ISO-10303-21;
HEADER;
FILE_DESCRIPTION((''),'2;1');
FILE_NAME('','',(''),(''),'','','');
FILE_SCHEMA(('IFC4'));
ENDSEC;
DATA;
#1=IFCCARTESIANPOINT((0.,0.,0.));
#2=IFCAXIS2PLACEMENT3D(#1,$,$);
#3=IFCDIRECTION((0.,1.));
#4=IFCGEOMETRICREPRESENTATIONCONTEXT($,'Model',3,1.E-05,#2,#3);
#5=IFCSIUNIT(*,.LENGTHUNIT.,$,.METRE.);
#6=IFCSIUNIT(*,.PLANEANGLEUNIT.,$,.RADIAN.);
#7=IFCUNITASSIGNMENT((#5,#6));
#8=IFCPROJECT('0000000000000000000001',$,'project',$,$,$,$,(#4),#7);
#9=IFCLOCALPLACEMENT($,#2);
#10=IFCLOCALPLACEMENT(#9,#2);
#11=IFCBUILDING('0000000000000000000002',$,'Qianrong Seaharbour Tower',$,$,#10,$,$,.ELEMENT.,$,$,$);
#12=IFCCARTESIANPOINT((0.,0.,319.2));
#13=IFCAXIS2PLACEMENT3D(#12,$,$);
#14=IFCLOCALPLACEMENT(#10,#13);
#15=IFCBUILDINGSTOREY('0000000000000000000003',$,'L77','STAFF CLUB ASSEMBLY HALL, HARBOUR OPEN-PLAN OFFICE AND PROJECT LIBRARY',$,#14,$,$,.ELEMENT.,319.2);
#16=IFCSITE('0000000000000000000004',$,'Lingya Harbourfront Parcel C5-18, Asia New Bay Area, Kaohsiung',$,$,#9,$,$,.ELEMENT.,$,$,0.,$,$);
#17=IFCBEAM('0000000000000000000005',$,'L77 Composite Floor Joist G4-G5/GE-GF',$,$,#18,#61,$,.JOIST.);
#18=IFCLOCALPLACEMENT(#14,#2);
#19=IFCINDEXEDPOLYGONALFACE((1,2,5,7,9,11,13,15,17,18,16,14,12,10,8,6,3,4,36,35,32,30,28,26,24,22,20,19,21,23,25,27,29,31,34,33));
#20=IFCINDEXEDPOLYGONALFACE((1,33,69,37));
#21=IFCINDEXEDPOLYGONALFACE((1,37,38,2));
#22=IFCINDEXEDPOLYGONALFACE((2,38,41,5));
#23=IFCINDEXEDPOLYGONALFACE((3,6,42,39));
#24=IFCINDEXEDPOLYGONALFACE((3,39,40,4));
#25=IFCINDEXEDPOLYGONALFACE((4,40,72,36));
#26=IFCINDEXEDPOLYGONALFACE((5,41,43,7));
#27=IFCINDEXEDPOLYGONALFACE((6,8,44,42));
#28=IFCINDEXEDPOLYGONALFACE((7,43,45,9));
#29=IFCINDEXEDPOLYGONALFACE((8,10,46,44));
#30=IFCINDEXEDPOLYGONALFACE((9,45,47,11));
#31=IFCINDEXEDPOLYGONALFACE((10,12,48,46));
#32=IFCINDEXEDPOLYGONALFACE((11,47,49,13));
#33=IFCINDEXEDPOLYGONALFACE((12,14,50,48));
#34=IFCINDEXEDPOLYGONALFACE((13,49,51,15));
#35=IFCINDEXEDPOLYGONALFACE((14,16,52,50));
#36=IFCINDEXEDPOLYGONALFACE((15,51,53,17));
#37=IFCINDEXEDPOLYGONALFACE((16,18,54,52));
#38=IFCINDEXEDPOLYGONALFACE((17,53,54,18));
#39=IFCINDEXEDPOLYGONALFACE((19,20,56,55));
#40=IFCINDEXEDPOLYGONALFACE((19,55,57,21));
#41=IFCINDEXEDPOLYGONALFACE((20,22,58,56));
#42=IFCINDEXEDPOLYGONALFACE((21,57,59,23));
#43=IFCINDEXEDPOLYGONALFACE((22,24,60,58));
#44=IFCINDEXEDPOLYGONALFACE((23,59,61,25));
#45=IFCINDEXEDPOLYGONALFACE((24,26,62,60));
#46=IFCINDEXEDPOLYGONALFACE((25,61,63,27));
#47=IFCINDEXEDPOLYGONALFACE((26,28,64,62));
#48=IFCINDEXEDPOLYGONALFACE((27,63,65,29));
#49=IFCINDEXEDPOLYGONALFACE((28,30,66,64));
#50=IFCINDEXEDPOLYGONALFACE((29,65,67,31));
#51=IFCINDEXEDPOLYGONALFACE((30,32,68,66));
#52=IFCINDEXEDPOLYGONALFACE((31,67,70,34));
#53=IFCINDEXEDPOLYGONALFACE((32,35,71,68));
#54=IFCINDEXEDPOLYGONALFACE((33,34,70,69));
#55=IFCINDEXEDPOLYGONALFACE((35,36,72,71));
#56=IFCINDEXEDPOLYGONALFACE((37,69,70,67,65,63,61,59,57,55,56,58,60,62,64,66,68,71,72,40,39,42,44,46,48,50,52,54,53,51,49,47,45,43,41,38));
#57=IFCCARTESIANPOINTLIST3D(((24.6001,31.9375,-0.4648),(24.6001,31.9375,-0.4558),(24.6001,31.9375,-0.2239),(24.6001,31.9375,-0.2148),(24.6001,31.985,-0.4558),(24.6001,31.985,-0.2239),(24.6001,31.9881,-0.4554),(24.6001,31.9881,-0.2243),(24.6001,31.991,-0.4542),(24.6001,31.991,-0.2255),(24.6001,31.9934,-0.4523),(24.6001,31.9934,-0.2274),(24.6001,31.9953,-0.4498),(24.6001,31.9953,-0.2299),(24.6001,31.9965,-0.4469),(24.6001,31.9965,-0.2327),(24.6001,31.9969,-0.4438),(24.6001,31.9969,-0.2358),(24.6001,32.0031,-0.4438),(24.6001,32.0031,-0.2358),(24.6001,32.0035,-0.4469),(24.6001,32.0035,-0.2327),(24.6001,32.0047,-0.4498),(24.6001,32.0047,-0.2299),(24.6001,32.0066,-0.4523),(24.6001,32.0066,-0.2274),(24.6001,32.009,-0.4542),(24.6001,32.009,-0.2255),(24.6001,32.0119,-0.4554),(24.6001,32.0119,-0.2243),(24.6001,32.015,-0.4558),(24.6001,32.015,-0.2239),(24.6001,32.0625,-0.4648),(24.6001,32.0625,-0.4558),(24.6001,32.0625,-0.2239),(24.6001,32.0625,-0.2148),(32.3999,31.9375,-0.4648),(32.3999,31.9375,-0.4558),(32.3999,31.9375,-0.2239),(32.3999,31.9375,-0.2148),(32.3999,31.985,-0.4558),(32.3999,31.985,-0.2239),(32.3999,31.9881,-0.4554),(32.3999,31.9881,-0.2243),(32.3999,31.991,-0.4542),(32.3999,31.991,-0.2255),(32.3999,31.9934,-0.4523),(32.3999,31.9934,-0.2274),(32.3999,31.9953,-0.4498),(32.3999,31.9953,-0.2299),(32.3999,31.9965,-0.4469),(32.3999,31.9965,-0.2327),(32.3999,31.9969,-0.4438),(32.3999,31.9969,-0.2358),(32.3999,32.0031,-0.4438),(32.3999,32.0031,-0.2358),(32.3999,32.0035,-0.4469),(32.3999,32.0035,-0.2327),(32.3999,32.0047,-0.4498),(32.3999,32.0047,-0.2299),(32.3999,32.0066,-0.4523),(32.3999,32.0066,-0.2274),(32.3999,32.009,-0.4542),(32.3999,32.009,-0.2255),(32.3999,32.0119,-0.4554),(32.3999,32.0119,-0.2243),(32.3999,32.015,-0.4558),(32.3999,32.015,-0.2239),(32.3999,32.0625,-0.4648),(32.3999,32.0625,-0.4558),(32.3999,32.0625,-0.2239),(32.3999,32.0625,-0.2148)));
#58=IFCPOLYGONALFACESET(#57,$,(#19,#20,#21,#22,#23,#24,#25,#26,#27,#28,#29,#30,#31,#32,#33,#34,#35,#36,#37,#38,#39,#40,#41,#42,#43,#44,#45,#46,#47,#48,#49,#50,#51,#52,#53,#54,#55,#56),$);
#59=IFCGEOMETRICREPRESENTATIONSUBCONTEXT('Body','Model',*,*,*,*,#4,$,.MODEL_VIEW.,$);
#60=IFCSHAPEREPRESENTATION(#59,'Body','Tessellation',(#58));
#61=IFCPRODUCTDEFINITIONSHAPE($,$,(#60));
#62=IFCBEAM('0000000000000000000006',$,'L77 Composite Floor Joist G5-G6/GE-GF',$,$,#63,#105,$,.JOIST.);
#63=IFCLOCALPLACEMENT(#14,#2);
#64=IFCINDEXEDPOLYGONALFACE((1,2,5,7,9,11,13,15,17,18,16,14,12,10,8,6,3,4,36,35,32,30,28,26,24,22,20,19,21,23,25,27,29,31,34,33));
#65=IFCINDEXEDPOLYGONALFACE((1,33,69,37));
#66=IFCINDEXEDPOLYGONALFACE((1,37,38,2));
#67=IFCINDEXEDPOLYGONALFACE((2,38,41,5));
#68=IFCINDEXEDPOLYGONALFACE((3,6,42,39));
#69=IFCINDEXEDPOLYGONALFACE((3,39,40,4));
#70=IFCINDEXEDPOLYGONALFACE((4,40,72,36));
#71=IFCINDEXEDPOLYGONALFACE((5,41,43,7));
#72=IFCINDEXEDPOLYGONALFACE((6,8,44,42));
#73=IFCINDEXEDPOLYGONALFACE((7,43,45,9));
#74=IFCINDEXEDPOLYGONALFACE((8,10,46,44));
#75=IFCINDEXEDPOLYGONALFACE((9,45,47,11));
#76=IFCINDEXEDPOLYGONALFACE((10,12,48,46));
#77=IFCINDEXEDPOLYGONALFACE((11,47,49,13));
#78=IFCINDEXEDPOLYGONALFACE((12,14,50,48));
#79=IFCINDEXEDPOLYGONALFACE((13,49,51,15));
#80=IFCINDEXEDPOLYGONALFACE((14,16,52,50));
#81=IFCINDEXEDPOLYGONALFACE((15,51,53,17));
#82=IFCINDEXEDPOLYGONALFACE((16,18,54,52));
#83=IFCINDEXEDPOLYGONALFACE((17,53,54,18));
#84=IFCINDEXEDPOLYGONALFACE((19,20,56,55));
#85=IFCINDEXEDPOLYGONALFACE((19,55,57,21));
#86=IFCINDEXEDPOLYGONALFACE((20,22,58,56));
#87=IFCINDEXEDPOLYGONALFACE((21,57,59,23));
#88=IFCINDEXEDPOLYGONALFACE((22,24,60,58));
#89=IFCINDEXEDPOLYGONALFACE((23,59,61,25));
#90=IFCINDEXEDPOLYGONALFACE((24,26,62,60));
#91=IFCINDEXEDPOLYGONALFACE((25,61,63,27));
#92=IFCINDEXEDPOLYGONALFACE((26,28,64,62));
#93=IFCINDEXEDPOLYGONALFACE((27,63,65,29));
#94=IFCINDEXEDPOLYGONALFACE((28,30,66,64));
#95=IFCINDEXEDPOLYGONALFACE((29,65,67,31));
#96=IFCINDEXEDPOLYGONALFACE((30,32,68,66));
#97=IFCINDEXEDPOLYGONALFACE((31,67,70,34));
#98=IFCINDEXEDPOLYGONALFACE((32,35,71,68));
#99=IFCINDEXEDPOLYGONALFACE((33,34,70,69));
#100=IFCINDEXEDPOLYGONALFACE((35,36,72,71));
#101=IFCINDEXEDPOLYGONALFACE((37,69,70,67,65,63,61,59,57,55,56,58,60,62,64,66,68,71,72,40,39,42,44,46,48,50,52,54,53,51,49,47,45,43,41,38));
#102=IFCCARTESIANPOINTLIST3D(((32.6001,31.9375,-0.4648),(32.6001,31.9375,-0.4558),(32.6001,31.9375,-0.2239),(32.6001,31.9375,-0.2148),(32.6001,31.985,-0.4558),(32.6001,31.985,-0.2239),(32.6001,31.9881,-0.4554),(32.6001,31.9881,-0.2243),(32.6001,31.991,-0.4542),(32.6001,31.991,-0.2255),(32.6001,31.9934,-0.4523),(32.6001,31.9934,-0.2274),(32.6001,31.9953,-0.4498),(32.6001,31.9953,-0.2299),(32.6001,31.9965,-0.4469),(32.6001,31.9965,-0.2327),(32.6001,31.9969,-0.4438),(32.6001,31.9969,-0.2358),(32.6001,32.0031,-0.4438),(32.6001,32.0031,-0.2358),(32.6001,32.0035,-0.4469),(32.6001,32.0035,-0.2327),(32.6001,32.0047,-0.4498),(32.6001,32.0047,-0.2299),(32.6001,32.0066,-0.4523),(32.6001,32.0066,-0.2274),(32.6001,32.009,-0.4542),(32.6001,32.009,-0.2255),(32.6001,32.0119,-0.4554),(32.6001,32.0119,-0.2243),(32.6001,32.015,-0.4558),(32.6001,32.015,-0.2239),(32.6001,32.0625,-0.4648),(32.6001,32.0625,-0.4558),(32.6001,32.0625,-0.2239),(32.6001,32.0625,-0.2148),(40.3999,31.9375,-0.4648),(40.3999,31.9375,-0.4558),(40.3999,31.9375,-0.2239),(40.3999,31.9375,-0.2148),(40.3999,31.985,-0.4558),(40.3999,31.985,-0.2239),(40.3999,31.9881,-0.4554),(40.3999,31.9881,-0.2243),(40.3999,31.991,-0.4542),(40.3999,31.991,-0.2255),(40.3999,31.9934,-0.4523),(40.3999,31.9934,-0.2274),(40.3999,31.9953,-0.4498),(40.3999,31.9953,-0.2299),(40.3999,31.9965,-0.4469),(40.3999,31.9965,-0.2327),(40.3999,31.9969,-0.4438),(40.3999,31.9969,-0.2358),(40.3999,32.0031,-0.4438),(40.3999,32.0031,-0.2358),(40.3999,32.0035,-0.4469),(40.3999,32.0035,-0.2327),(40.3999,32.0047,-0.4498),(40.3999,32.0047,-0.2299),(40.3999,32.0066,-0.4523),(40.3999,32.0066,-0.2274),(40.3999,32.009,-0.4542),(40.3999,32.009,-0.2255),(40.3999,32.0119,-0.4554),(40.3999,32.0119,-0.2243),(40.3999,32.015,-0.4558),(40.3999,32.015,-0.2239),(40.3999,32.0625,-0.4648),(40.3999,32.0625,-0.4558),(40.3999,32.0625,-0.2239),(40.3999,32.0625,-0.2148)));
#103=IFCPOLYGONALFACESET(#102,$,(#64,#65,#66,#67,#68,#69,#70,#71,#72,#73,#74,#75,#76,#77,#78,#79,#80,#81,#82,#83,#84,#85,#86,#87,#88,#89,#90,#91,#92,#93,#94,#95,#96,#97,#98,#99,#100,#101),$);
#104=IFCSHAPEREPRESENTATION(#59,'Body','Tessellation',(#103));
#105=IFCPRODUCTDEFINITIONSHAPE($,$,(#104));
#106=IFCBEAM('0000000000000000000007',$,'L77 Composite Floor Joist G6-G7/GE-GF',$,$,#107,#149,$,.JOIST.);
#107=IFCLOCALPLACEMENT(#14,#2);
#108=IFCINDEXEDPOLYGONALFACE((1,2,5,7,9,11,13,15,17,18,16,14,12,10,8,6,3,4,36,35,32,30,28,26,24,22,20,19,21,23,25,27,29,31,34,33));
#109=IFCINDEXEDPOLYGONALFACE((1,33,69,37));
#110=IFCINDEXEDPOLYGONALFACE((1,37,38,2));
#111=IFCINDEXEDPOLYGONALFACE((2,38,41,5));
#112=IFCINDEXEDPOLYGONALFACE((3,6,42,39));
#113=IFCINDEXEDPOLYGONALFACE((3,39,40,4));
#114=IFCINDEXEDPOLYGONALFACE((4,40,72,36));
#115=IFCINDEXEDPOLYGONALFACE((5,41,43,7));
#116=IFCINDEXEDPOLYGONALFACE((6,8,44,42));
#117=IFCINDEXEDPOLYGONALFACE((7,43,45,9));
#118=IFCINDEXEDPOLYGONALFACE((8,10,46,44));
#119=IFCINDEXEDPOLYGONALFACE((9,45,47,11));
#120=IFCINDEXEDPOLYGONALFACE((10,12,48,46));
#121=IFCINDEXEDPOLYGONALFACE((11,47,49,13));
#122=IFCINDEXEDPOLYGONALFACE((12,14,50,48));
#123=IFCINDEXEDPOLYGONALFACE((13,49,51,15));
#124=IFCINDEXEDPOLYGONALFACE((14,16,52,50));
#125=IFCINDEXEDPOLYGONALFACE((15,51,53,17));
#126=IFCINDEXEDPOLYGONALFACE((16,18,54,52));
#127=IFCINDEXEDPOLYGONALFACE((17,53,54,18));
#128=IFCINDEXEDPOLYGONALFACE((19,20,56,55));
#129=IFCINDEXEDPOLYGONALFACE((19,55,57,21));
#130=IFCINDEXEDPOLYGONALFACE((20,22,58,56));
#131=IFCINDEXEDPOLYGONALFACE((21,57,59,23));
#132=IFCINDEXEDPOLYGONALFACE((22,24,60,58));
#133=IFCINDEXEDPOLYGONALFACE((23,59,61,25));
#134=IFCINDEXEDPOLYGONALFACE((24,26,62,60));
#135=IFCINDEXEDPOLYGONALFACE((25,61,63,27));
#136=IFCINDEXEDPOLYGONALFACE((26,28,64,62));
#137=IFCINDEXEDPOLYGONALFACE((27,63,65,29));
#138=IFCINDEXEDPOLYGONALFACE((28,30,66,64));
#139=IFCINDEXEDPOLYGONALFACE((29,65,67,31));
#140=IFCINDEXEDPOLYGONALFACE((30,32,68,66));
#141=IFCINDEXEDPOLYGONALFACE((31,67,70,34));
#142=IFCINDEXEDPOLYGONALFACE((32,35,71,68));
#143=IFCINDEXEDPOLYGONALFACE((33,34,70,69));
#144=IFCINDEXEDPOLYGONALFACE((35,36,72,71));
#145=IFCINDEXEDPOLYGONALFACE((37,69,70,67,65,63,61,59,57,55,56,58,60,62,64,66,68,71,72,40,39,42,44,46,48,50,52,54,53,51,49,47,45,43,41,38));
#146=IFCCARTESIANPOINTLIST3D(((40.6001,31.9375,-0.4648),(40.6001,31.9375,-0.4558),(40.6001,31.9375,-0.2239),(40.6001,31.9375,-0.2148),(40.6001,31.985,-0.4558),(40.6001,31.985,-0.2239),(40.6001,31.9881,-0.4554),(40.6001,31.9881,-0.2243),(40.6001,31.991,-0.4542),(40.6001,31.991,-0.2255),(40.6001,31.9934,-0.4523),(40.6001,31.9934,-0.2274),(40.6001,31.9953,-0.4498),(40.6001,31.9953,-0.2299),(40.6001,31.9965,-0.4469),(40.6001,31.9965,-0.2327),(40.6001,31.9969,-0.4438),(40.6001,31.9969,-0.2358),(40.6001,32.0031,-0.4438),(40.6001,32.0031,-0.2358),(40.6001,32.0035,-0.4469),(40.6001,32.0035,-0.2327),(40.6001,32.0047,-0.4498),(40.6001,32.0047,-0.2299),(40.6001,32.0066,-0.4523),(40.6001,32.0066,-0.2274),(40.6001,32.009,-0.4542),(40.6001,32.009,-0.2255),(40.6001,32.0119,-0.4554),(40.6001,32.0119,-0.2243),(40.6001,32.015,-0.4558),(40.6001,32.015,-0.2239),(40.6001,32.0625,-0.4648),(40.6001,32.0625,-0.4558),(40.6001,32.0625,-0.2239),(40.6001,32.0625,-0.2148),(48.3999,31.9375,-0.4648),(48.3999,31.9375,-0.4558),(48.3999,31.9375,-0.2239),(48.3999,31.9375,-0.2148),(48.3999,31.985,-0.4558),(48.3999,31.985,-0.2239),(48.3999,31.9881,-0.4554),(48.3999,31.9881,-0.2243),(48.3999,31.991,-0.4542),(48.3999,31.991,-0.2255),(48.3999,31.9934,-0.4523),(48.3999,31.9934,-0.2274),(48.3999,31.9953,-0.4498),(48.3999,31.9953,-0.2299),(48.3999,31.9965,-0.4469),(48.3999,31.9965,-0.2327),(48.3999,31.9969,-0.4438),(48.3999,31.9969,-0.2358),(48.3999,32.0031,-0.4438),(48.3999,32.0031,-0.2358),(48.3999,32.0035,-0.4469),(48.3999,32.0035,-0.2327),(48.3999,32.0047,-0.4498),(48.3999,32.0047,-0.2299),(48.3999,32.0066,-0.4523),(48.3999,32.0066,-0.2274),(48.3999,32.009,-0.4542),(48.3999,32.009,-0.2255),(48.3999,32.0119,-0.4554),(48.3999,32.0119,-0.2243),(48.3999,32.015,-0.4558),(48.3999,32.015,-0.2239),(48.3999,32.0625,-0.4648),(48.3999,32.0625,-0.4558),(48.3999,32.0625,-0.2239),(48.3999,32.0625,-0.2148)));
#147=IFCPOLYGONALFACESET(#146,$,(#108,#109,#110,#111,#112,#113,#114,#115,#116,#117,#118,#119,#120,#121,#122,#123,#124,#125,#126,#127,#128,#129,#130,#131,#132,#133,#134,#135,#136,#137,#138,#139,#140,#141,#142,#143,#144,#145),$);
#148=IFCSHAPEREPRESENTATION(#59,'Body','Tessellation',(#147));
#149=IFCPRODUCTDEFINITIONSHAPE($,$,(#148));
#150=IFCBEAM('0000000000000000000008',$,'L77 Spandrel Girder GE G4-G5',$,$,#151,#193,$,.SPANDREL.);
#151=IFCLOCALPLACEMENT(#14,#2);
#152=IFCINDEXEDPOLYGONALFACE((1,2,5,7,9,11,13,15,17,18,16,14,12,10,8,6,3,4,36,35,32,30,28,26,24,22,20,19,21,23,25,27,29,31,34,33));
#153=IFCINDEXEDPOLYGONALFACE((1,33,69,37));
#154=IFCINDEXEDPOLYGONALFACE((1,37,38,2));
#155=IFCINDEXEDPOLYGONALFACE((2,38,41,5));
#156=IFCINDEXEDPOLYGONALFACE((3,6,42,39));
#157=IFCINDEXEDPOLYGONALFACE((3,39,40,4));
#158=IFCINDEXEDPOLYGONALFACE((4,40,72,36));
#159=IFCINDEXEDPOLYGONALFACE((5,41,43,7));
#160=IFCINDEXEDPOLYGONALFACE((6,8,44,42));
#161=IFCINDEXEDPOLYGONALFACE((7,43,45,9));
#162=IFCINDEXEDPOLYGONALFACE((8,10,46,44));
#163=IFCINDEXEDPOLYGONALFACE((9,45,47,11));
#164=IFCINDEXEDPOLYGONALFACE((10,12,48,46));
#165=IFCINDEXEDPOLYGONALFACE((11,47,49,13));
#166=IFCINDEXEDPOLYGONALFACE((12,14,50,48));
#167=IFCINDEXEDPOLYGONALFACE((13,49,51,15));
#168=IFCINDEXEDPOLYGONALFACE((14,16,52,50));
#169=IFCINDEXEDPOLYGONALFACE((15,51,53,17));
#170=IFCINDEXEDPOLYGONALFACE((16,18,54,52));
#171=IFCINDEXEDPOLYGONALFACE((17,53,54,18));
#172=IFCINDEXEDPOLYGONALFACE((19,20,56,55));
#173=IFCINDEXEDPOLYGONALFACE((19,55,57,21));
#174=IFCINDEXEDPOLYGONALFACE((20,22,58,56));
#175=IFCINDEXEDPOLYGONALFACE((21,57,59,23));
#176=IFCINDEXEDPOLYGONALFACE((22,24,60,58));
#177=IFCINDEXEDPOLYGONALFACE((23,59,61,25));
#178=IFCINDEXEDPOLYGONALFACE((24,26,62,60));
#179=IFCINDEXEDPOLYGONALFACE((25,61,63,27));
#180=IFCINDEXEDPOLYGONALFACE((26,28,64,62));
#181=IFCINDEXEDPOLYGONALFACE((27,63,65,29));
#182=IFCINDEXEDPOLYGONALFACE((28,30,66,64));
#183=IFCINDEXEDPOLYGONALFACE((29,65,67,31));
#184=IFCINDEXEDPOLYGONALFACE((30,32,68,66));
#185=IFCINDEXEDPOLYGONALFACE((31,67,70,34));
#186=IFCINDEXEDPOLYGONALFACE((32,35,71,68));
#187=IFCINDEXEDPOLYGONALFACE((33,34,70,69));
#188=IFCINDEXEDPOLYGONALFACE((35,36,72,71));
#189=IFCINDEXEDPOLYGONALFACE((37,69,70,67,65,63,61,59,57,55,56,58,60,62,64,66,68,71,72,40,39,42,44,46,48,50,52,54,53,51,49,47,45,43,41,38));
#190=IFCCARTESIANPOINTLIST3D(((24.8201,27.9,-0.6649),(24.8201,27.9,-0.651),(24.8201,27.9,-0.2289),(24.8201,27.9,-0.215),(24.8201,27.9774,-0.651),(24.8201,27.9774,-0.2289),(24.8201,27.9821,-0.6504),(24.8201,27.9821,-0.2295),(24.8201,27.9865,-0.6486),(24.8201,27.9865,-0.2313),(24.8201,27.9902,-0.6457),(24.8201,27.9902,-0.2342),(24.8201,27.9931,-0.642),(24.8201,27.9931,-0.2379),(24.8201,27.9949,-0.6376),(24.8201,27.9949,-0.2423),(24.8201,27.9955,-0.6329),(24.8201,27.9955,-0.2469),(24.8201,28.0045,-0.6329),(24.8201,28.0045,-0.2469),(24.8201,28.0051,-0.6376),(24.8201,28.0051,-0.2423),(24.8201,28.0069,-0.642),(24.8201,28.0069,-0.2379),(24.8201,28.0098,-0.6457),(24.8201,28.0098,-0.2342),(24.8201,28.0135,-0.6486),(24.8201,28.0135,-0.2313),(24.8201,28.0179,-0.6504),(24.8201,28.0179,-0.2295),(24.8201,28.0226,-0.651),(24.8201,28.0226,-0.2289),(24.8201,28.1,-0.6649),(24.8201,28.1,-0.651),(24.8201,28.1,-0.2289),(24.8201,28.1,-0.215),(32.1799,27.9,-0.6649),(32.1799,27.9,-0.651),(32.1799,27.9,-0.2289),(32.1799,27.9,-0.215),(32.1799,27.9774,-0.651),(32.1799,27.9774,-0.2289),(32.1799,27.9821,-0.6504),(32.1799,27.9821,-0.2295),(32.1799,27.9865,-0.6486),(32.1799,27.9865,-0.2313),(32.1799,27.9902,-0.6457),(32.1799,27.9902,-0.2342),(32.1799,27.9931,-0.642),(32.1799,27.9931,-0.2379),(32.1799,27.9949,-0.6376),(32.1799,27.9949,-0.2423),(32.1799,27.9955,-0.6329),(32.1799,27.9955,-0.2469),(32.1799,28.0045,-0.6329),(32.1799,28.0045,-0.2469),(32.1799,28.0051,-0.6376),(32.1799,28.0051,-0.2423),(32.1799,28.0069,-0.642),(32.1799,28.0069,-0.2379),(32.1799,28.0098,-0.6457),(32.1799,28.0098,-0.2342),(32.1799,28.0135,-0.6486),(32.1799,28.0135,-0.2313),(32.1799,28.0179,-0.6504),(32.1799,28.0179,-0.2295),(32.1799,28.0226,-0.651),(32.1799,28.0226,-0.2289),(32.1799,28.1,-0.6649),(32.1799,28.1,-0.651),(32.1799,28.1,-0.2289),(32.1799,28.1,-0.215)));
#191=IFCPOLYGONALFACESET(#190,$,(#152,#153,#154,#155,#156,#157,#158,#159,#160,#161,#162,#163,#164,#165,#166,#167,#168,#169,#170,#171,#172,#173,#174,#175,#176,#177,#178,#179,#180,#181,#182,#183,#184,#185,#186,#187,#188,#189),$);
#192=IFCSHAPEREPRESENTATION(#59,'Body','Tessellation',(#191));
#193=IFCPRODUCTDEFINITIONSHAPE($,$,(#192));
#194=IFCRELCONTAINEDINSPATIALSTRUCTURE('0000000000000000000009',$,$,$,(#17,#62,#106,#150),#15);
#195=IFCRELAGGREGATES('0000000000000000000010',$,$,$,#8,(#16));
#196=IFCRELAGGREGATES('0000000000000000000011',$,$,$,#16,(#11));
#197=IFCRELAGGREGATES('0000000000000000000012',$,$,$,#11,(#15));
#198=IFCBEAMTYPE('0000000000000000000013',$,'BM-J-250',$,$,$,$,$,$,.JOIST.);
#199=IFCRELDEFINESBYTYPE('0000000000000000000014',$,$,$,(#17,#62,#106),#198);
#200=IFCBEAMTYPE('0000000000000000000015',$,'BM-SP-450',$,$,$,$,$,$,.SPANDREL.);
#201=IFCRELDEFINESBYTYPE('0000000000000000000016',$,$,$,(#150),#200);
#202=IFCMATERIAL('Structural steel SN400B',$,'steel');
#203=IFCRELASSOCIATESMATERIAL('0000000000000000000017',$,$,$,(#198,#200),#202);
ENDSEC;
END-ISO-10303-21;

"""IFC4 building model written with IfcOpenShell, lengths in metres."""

from ifc_helpers import new_model, si_unit, direction, frame, origin, origin_2d, place, context, subcontext, project, spatial, i_section, extrude, material, material_profile, profile_set, type_object, element, save


model = new_model("IFC4")

# Units and contexts
model_context = context("Model", 3, precision=1e-05, world=origin(), true_north=direction((0.0, 1.0)))
body_context = subcontext(model_context, "Body", "Model", "MODEL_VIEW")
ifc_project = project(units=[si_unit("LENGTHUNIT", "METRE"), si_unit("PLANEANGLEUNIT", "RADIAN")], contexts=[model_context])

# Site, building, storey
site_placement = place(None, origin())
site = spatial("IfcSite", under=ifc_project, at=site_placement, Name="Lingya Harbourfront Parcel C5-18, Asia New Bay Area, Kaohsiung", CompositionType="ELEMENT", RefElevation=0.0)
building_placement = place(site_placement, origin())
building = spatial("IfcBuilding", under=site, at=building_placement, Name="Qianrong Seaharbour Tower", CompositionType="ELEMENT")
storey_placement = place(building_placement, frame((0.0, 0.0, 319.2)))
storey = spatial("IfcBuildingStorey", under=building, at=storey_placement, Name="L77", Description="STAFF CLUB ASSEMBLY HALL, HARBOUR OPEN-PLAN OFFICE AND PROJECT LIBRARY", CompositionType="ELEMENT", Elevation=319.2)

# Beams
ifc_material_1 = material(Name="Structural steel SN400B", Category="steel")
ifc_material_profile_1 = material_profile(ifc_material_1, i_section(OverallWidth=0.125, OverallDepth=0.25, WebThickness=0.0061, FlangeThickness=0.009, FilletRadius=0.012, at=origin_2d()), Name="H250x125x6x9")
ifc_profile_set_1 = profile_set([ifc_material_profile_1], Name="Structural steel SN400B")
beam_type_1 = type_object("IfcBeamType", Name="BM-J-250", PredefinedType="JOIST", material=ifc_profile_set_1)
for number, where, z_axis, x_axis, name in (
    (1, (24.6001, 32.0, -0.3398), (1.0, 0.0, 0.0), (0.0, 1.0, 0.0), "L77 Composite Floor Joist G4-G5/GE-GF"),
    (2, (32.6001, 32.0, -0.3398), (1.0, 0.0, 0.0), (0.0, 1.0, 0.0), "L77 Composite Floor Joist G5-G6/GE-GF"),
    (3, (40.6001, 32.0, -0.3398), (1.0, 0.0, 0.0), (0.0, 1.0, 0.0), "L77 Composite Floor Joist G6-G7/GE-GF"),
):
    element("IfcBeam", number, at=place(storey_placement, frame(where, z_axis=z_axis, x_axis=x_axis)), inside=storey, type_object=beam_type_1, Name=name, PredefinedType="JOIST", context=body_context, shape_type="SweptSolid", body=[
        extrude(i_section(OverallWidth=0.125, OverallDepth=0.25, WebThickness=0.0061, FlangeThickness=0.009, FilletRadius=0.012, at=origin_2d()), origin(), (0.0, 0.0, 1.0), 7.7998),
    ])
ifc_material_profile_2 = material_profile(ifc_material_1, i_section(OverallWidth=0.2, OverallDepth=0.45, WebThickness=0.009, FlangeThickness=0.0139, FilletRadius=0.0181, at=origin_2d()), Name="H450x200x9x14")
ifc_profile_set_2 = profile_set([ifc_material_profile_2], Name="Structural steel SN400B")
beam_type_2 = type_object("IfcBeamType", Name="BM-SP-450", PredefinedType="SPANDREL", material=ifc_profile_set_2)
for number, where, z_axis, x_axis, name in (
    (4, (24.8201, 28.0, -0.4399), (1.0, 0.0, 0.0), (0.0, 1.0, 0.0), "L77 Spandrel Girder GE G4-G5"),
):
    element("IfcBeam", number, at=place(storey_placement, frame(where, z_axis=z_axis, x_axis=x_axis)), inside=storey, type_object=beam_type_2, Name=name, PredefinedType="SPANDREL", context=body_context, shape_type="SweptSolid", body=[
        extrude(i_section(OverallWidth=0.2, OverallDepth=0.45, WebThickness=0.009, FlangeThickness=0.0139, FilletRadius=0.0181, at=origin_2d()), origin(), (0.0, 0.0, 1.0), 7.3599),
    ])

save(model, "model.ifc")
